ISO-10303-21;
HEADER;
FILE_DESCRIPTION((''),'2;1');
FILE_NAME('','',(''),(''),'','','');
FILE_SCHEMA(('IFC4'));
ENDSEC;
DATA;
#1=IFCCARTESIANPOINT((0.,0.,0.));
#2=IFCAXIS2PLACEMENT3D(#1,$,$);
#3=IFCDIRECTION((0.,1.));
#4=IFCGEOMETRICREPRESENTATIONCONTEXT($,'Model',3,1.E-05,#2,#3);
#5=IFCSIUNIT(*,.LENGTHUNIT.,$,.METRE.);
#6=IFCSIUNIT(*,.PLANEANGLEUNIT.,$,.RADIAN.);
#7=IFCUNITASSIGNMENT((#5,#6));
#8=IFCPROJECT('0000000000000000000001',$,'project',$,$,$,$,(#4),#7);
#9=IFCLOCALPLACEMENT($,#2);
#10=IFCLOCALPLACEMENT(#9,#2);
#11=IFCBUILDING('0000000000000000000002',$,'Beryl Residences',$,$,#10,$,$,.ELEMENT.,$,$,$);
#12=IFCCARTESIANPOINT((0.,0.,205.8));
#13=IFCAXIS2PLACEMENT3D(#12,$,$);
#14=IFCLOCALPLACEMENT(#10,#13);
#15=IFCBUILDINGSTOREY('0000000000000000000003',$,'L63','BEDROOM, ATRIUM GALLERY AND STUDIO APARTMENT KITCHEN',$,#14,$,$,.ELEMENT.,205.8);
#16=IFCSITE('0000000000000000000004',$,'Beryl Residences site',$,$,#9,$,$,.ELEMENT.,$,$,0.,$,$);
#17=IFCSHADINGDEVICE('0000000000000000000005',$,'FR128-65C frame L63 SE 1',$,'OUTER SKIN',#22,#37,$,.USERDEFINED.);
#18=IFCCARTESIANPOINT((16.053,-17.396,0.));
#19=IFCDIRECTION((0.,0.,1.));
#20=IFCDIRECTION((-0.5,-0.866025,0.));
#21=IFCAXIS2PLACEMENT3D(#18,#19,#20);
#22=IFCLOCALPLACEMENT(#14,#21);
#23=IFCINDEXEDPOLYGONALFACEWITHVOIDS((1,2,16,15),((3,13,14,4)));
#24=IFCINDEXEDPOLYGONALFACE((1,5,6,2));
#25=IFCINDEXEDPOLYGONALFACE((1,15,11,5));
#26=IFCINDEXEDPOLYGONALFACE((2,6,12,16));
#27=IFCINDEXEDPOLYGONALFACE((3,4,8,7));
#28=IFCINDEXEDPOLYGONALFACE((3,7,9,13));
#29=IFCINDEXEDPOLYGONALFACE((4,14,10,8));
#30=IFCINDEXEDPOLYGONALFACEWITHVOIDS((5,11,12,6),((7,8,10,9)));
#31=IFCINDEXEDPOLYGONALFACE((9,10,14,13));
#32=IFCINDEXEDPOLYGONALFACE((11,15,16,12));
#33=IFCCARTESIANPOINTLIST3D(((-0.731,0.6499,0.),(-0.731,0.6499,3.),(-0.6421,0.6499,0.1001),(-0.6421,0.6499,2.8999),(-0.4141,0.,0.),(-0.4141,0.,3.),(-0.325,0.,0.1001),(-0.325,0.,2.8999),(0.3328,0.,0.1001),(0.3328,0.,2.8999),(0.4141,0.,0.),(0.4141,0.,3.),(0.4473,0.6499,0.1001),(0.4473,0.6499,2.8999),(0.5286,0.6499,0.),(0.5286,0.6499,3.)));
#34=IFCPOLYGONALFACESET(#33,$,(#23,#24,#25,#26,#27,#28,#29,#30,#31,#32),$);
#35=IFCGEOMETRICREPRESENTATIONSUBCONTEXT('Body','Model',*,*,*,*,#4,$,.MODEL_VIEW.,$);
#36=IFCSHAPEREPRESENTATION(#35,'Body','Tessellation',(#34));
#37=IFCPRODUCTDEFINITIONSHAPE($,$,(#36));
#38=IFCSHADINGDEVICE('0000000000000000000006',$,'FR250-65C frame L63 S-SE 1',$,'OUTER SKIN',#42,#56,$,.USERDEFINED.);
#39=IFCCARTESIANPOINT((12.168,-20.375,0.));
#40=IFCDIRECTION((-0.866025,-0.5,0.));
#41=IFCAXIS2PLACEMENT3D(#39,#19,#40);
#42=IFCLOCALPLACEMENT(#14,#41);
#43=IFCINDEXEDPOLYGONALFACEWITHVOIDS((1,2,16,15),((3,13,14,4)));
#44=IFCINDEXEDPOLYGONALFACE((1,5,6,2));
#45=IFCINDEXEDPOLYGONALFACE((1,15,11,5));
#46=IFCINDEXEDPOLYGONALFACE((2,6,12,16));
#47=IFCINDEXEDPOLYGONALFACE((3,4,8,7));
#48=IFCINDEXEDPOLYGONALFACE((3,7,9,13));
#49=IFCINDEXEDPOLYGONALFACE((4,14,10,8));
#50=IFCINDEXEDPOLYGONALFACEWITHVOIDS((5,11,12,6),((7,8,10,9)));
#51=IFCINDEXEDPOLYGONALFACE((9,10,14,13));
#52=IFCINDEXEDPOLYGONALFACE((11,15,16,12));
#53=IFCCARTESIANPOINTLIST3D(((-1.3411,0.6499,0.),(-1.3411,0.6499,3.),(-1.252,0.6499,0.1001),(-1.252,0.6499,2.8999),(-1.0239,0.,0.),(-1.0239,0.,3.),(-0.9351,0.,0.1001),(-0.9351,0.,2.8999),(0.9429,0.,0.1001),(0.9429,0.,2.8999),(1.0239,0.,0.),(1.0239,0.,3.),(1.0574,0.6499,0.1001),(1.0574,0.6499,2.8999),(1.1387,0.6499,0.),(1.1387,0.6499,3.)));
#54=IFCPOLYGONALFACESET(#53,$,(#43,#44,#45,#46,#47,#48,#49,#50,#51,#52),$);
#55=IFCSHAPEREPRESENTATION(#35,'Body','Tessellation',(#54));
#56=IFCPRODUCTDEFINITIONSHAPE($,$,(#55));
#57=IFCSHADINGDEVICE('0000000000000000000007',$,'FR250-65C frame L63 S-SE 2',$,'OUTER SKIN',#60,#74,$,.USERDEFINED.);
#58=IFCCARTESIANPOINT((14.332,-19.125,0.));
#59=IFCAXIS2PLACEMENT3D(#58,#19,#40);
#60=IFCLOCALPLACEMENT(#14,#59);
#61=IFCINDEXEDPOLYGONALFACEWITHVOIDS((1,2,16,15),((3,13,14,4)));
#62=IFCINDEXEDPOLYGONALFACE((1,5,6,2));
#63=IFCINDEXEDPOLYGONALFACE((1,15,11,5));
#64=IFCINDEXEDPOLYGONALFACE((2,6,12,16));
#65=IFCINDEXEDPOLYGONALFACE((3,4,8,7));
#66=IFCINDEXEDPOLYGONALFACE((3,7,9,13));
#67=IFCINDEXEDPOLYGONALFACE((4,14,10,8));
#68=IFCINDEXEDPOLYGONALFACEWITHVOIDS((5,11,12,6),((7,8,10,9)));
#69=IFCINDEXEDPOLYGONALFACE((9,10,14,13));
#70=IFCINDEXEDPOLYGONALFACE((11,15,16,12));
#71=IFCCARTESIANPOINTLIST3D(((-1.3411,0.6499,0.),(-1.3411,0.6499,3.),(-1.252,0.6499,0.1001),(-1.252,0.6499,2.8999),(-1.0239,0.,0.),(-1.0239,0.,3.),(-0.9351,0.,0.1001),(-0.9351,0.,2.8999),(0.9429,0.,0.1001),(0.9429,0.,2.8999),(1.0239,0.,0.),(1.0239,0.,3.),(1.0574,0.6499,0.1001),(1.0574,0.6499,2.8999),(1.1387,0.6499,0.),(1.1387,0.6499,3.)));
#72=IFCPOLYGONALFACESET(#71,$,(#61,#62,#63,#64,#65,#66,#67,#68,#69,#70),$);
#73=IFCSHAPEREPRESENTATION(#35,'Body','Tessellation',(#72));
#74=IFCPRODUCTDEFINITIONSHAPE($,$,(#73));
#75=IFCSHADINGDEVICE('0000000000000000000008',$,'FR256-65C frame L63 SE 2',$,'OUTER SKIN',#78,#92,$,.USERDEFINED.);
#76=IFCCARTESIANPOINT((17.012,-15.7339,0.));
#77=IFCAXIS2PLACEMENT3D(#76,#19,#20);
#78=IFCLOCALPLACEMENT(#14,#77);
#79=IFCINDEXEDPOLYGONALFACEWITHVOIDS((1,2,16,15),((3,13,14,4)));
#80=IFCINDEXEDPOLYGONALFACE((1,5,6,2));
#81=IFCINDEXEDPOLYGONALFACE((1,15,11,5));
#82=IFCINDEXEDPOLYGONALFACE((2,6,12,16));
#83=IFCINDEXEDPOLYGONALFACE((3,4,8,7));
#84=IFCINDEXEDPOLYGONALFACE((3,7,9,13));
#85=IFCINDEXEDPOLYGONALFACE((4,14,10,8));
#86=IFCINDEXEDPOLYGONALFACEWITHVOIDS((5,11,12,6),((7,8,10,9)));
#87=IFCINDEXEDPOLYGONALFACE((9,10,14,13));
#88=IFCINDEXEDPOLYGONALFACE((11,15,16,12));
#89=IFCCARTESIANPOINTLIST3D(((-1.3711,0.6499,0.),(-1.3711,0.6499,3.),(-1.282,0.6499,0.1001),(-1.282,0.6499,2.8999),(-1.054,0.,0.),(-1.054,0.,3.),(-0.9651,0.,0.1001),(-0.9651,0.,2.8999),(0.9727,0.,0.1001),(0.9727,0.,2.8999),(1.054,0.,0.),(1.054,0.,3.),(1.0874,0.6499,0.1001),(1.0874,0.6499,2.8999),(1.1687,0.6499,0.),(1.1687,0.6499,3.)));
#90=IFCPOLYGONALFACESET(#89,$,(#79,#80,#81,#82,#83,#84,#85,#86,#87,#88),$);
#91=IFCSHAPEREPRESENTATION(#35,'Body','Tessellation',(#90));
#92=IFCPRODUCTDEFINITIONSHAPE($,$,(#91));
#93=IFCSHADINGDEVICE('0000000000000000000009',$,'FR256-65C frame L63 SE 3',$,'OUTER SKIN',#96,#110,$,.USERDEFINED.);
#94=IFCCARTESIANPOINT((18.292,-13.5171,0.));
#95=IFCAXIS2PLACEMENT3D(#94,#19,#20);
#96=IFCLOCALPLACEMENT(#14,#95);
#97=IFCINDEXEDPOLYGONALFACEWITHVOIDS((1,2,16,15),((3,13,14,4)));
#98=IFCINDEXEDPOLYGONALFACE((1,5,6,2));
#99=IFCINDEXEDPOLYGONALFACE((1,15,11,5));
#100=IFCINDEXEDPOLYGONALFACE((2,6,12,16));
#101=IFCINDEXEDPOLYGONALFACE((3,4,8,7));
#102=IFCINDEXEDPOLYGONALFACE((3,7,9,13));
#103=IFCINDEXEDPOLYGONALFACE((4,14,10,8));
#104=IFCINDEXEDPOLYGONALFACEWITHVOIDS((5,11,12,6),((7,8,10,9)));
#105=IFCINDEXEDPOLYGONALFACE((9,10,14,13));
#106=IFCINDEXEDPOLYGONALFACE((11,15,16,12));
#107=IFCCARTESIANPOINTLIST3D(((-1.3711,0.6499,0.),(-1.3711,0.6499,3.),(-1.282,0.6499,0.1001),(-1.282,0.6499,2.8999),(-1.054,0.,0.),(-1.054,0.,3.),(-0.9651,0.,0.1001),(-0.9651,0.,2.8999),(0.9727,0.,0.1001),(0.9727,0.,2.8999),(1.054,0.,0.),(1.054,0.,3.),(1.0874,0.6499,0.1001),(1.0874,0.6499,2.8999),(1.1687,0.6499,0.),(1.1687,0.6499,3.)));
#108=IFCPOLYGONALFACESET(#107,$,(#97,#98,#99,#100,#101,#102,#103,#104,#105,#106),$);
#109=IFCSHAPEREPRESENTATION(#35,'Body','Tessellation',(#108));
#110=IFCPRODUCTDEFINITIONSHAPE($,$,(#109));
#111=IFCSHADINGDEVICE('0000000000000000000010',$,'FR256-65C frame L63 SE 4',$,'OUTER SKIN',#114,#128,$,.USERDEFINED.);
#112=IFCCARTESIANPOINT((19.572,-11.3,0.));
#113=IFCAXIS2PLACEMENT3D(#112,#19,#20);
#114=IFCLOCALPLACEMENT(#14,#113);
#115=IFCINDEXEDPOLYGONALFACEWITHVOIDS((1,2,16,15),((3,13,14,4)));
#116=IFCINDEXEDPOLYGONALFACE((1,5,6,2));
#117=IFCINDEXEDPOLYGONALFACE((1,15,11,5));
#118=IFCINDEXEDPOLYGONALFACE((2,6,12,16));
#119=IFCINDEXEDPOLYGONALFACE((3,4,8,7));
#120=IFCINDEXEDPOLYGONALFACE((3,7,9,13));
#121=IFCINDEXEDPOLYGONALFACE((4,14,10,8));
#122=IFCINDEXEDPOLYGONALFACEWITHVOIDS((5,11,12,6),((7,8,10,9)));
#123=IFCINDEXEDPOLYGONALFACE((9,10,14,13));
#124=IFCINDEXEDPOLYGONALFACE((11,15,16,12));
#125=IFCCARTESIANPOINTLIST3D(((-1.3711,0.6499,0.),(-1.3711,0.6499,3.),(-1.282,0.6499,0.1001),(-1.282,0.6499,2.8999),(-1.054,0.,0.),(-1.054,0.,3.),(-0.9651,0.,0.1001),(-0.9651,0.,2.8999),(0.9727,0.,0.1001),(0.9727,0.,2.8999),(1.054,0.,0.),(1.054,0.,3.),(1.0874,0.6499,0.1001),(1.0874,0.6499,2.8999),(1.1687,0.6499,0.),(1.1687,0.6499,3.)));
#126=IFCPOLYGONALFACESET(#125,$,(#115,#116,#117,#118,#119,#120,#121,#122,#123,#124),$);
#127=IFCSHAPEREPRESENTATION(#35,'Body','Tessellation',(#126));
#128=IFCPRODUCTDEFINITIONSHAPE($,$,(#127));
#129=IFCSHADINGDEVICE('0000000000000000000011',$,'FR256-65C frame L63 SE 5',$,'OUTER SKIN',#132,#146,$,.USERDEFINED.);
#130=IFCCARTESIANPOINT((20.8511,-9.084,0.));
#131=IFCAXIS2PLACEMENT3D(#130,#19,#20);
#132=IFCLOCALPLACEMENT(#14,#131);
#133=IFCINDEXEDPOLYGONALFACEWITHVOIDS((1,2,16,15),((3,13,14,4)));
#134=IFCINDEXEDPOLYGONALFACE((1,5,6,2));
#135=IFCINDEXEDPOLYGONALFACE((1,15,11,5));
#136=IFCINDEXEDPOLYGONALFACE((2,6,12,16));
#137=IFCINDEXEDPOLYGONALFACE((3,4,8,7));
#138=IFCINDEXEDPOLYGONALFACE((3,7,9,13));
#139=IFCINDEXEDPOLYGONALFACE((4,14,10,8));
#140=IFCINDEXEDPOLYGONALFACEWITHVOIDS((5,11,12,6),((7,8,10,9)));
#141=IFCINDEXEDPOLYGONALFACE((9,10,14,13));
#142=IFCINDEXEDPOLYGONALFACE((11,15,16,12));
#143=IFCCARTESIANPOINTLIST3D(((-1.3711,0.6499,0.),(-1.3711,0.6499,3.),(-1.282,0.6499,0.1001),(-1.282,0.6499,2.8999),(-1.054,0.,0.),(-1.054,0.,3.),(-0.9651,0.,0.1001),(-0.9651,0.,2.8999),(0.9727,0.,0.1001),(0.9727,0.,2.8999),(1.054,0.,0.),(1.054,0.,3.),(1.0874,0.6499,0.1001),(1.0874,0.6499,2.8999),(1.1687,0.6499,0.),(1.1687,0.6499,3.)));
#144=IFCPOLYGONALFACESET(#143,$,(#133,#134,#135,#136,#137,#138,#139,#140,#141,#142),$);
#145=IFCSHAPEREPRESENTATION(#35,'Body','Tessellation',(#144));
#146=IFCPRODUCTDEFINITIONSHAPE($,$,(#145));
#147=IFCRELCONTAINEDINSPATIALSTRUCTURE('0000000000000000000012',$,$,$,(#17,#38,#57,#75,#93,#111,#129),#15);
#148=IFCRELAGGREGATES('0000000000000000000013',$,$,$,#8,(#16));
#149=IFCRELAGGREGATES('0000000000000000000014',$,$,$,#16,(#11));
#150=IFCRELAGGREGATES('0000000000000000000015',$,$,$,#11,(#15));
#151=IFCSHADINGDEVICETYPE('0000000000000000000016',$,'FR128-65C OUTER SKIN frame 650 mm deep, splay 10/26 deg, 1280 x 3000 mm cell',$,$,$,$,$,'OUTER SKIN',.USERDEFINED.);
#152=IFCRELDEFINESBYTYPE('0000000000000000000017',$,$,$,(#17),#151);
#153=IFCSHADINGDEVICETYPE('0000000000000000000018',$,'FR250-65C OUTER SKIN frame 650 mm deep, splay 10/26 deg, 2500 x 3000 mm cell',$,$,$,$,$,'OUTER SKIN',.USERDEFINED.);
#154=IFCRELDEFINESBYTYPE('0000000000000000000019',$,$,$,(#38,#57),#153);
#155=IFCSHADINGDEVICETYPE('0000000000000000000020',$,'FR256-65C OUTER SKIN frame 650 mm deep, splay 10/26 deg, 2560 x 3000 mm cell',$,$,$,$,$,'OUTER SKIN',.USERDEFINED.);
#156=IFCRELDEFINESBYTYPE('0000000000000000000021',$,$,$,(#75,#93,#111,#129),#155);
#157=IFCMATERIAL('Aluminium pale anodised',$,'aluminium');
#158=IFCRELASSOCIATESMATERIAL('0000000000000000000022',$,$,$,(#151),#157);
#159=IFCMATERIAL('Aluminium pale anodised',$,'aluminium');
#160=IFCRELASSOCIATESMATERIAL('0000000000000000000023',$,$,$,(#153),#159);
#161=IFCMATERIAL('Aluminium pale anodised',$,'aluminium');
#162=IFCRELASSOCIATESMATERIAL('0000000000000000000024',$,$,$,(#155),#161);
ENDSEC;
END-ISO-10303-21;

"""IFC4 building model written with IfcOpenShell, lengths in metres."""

from ifc_helpers import new_model, entity, si_unit, direction, frame, origin, place, context, subcontext, project, spatial, source, transform, mapped, material, type_object, type_shapes, element, save


model = new_model("IFC4")

# Units and contexts
model_context = context("Model", 3, precision=1e-05, world=origin(), true_north=direction((0.0, 1.0)))
body_context = subcontext(model_context, "Body", "Model", "MODEL_VIEW")
ifc_project = project(units=[si_unit("LENGTHUNIT", "METRE"), si_unit("PLANEANGLEUNIT", "RADIAN")], contexts=[model_context])

# Site, building, storey
site_placement = place(None, origin())
site = spatial("IfcSite", under=ifc_project, at=site_placement, Name="Beryl Residences site", CompositionType="ELEMENT", RefElevation=0.0)
building_placement = place(site_placement, origin())
building = spatial("IfcBuilding", under=site, at=building_placement, Name="Beryl Residences", CompositionType="ELEMENT")
storey_placement = place(building_placement, frame((0.0, 0.0, 205.8)))
storey = spatial("IfcBuildingStorey", under=building, at=storey_placement, Name="L63", Description="BEDROOM, ATRIUM GALLERY AND STUDIO APARTMENT KITCHEN", CompositionType="ELEMENT", Elevation=205.8)

# Shading devices
ifc_material_1 = material(Name="Aluminium pale anodised", Category="aluminium")
shading_device_type_1 = type_object("IfcShadingDeviceType", Name="FR128-65C OUTER SKIN frame 650 mm deep, splay 10/26 deg, 1280 x 3000 mm cell", ElementType="OUTER SKIN", PredefinedType="USERDEFINED", material=ifc_material_1)
cartesian_point_1 = entity("IfcCartesianPoint", [-0.4141, 0.0])
cartesian_point_2 = entity("IfcCartesianPoint", [-0.3328, 0.1001])
cartesian_point_3 = entity("IfcCartesianPoint", [-0.5286, 0.0])
cartesian_point_4 = entity("IfcCartesianPoint", [-0.4473, 0.1001])
shared_shape_1 = source(origin(), body_context, "Body", "SweptSolid", [
    entity("IfcExtrudedAreaSolidTapered", entity("IfcArbitraryProfileDefWithVoids", "AREA", None, entity("IfcPolyline", [cartesian_point_1, entity("IfcCartesianPoint", [0.4141, 0.0]), entity("IfcCartesianPoint", [0.4141, 3.0]), entity("IfcCartesianPoint", [-0.4141, 3.0]), cartesian_point_1]), [entity("IfcPolyline", [cartesian_point_2, entity("IfcCartesianPoint", [0.325, 0.1001]), entity("IfcCartesianPoint", [0.325, 2.8999]), entity("IfcCartesianPoint", [-0.3328, 2.8999]), cartesian_point_2])]), entity("IfcAxis2Placement3D", entity("IfcCartesianPoint", [0.0, 0.0, 0.0]), entity("IfcDirection", [0.0, 1.0, 0.0]), entity("IfcDirection", [-1.0, 0.0, 0.0])), entity("IfcDirection", [0.0, 0.0, 1.0]), 0.6499, entity("IfcArbitraryProfileDefWithVoids", "AREA", None, entity("IfcPolyline", [cartesian_point_3, entity("IfcCartesianPoint", [0.731, 0.0]), entity("IfcCartesianPoint", [0.731, 3.0]), entity("IfcCartesianPoint", [-0.5286, 3.0]), cartesian_point_3]), [entity("IfcPolyline", [cartesian_point_4, entity("IfcCartesianPoint", [0.6421, 0.1001]), entity("IfcCartesianPoint", [0.6421, 2.8999]), entity("IfcCartesianPoint", [-0.4473, 2.8999]), cartesian_point_4])])),
])
type_shapes(shading_device_type_1, [shared_shape_1])
shading_device_placement = place(storey_placement, frame((16.053, -17.396, 0.0), z_axis=(0.0, 0.0, 1.0), x_axis=(-0.5, -0.866025, 0.0)))
element("IfcShadingDevice", 1, at=shading_device_placement, inside=storey, type_object=shading_device_type_1, Name="FR128-65C frame L63 SE 1", ObjectType="OUTER SKIN", PredefinedType="USERDEFINED", context=body_context, shape_type="MappedRepresentation", body=[
    mapped(shared_shape_1, transform((0.0, 0.0, 0.0))),
])
ifc_material_2 = material(Name="Aluminium pale anodised", Category="aluminium")
shading_device_type_2 = type_object("IfcShadingDeviceType", Name="FR250-65C OUTER SKIN frame 650 mm deep, splay 10/26 deg, 2500 x 3000 mm cell", ElementType="OUTER SKIN", PredefinedType="USERDEFINED", material=ifc_material_2)
cartesian_point_5 = entity("IfcCartesianPoint", [-1.0239, 0.0])
cartesian_point_6 = entity("IfcCartesianPoint", [-0.9429, 0.1001])
cartesian_point_7 = entity("IfcCartesianPoint", [-1.1387, 0.0])
cartesian_point_8 = entity("IfcCartesianPoint", [-1.0574, 0.1001])
shared_shape_2 = source(origin(), body_context, "Body", "SweptSolid", [
    entity("IfcExtrudedAreaSolidTapered", entity("IfcArbitraryProfileDefWithVoids", "AREA", None, entity("IfcPolyline", [cartesian_point_5, entity("IfcCartesianPoint", [1.0239, 0.0]), entity("IfcCartesianPoint", [1.0239, 3.0]), entity("IfcCartesianPoint", [-1.0239, 3.0]), cartesian_point_5]), [entity("IfcPolyline", [cartesian_point_6, entity("IfcCartesianPoint", [0.9351, 0.1001]), entity("IfcCartesianPoint", [0.9351, 2.8999]), entity("IfcCartesianPoint", [-0.9429, 2.8999]), cartesian_point_6])]), entity("IfcAxis2Placement3D", entity("IfcCartesianPoint", [0.0, 0.0, 0.0]), entity("IfcDirection", [0.0, 1.0, 0.0]), entity("IfcDirection", [-1.0, 0.0, 0.0])), entity("IfcDirection", [0.0, 0.0, 1.0]), 0.6499, entity("IfcArbitraryProfileDefWithVoids", "AREA", None, entity("IfcPolyline", [cartesian_point_7, entity("IfcCartesianPoint", [1.3411, 0.0]), entity("IfcCartesianPoint", [1.3411, 3.0]), entity("IfcCartesianPoint", [-1.1387, 3.0]), cartesian_point_7]), [entity("IfcPolyline", [cartesian_point_8, entity("IfcCartesianPoint", [1.252, 0.1001]), entity("IfcCartesianPoint", [1.252, 2.8999]), entity("IfcCartesianPoint", [-1.0574, 2.8999]), cartesian_point_8])])),
])
type_shapes(shading_device_type_2, [shared_shape_2])
for number, where, z_axis, x_axis, name in (
    (2, (12.168, -20.375, 0.0), (0.0, 0.0, 1.0), (-0.866025, -0.5, 0.0), "FR250-65C frame L63 S-SE 1"),
    (3, (14.332, -19.125, 0.0), (0.0, 0.0, 1.0), (-0.866025, -0.5, 0.0), "FR250-65C frame L63 S-SE 2"),
):
    element("IfcShadingDevice", number, at=place(storey_placement, frame(where, z_axis=z_axis, x_axis=x_axis)), inside=storey, type_object=shading_device_type_2, Name=name, ObjectType="OUTER SKIN", PredefinedType="USERDEFINED", context=body_context, shape_type="MappedRepresentation", body=[
        mapped(shared_shape_2, transform((0.0, 0.0, 0.0))),
    ])
ifc_material_3 = material(Name="Aluminium pale anodised", Category="aluminium")
shading_device_type_3 = type_object("IfcShadingDeviceType", Name="FR256-65C OUTER SKIN frame 650 mm deep, splay 10/26 deg, 2560 x 3000 mm cell", ElementType="OUTER SKIN", PredefinedType="USERDEFINED", material=ifc_material_3)
cartesian_point_9 = entity("IfcCartesianPoint", [-1.054, 0.0])
cartesian_point_10 = entity("IfcCartesianPoint", [-0.9727, 0.1001])
cartesian_point_11 = entity("IfcCartesianPoint", [-1.1687, 0.0])
cartesian_point_12 = entity("IfcCartesianPoint", [-1.0874, 0.1001])
shared_shape_3 = source(origin(), body_context, "Body", "SweptSolid", [
    entity("IfcExtrudedAreaSolidTapered", entity("IfcArbitraryProfileDefWithVoids", "AREA", None, entity("IfcPolyline", [cartesian_point_9, entity("IfcCartesianPoint", [1.054, 0.0]), entity("IfcCartesianPoint", [1.054, 3.0]), entity("IfcCartesianPoint", [-1.054, 3.0]), cartesian_point_9]), [entity("IfcPolyline", [cartesian_point_10, entity("IfcCartesianPoint", [0.9651, 0.1001]), entity("IfcCartesianPoint", [0.9651, 2.8999]), entity("IfcCartesianPoint", [-0.9727, 2.8999]), cartesian_point_10])]), entity("IfcAxis2Placement3D", entity("IfcCartesianPoint", [0.0, 0.0, 0.0]), entity("IfcDirection", [0.0, 1.0, 0.0]), entity("IfcDirection", [-1.0, 0.0, 0.0])), entity("IfcDirection", [0.0, 0.0, 1.0]), 0.6499, entity("IfcArbitraryProfileDefWithVoids", "AREA", None, entity("IfcPolyline", [cartesian_point_11, entity("IfcCartesianPoint", [1.3711, 0.0]), entity("IfcCartesianPoint", [1.3711, 3.0]), entity("IfcCartesianPoint", [-1.1687, 3.0]), cartesian_point_11]), [entity("IfcPolyline", [cartesian_point_12, entity("IfcCartesianPoint", [1.282, 0.1001]), entity("IfcCartesianPoint", [1.282, 2.8999]), entity("IfcCartesianPoint", [-1.0874, 2.8999]), cartesian_point_12])])),
])
type_shapes(shading_device_type_3, [shared_shape_3])
for number, where, z_axis, x_axis, name in (
    (4, (17.012, -15.7339, 0.0), (0.0, 0.0, 1.0), (-0.5, -0.866025, 0.0), "FR256-65C frame L63 SE 2"),
    (5, (18.292, -13.5171, 0.0), (0.0, 0.0, 1.0), (-0.5, -0.866025, 0.0), "FR256-65C frame L63 SE 3"),
    (6, (19.572, -11.3, 0.0), (0.0, 0.0, 1.0), (-0.5, -0.866025, 0.0), "FR256-65C frame L63 SE 4"),
    (7, (20.8511, -9.084, 0.0), (0.0, 0.0, 1.0), (-0.5, -0.866025, 0.0), "FR256-65C frame L63 SE 5"),
):
    element("IfcShadingDevice", number, at=place(storey_placement, frame(where, z_axis=z_axis, x_axis=x_axis)), inside=storey, type_object=shading_device_type_3, Name=name, ObjectType="OUTER SKIN", PredefinedType="USERDEFINED", context=body_context, shape_type="MappedRepresentation", body=[
        mapped(shared_shape_3, transform((0.0, 0.0, 0.0))),
    ])

save(model, "model.ifc")
